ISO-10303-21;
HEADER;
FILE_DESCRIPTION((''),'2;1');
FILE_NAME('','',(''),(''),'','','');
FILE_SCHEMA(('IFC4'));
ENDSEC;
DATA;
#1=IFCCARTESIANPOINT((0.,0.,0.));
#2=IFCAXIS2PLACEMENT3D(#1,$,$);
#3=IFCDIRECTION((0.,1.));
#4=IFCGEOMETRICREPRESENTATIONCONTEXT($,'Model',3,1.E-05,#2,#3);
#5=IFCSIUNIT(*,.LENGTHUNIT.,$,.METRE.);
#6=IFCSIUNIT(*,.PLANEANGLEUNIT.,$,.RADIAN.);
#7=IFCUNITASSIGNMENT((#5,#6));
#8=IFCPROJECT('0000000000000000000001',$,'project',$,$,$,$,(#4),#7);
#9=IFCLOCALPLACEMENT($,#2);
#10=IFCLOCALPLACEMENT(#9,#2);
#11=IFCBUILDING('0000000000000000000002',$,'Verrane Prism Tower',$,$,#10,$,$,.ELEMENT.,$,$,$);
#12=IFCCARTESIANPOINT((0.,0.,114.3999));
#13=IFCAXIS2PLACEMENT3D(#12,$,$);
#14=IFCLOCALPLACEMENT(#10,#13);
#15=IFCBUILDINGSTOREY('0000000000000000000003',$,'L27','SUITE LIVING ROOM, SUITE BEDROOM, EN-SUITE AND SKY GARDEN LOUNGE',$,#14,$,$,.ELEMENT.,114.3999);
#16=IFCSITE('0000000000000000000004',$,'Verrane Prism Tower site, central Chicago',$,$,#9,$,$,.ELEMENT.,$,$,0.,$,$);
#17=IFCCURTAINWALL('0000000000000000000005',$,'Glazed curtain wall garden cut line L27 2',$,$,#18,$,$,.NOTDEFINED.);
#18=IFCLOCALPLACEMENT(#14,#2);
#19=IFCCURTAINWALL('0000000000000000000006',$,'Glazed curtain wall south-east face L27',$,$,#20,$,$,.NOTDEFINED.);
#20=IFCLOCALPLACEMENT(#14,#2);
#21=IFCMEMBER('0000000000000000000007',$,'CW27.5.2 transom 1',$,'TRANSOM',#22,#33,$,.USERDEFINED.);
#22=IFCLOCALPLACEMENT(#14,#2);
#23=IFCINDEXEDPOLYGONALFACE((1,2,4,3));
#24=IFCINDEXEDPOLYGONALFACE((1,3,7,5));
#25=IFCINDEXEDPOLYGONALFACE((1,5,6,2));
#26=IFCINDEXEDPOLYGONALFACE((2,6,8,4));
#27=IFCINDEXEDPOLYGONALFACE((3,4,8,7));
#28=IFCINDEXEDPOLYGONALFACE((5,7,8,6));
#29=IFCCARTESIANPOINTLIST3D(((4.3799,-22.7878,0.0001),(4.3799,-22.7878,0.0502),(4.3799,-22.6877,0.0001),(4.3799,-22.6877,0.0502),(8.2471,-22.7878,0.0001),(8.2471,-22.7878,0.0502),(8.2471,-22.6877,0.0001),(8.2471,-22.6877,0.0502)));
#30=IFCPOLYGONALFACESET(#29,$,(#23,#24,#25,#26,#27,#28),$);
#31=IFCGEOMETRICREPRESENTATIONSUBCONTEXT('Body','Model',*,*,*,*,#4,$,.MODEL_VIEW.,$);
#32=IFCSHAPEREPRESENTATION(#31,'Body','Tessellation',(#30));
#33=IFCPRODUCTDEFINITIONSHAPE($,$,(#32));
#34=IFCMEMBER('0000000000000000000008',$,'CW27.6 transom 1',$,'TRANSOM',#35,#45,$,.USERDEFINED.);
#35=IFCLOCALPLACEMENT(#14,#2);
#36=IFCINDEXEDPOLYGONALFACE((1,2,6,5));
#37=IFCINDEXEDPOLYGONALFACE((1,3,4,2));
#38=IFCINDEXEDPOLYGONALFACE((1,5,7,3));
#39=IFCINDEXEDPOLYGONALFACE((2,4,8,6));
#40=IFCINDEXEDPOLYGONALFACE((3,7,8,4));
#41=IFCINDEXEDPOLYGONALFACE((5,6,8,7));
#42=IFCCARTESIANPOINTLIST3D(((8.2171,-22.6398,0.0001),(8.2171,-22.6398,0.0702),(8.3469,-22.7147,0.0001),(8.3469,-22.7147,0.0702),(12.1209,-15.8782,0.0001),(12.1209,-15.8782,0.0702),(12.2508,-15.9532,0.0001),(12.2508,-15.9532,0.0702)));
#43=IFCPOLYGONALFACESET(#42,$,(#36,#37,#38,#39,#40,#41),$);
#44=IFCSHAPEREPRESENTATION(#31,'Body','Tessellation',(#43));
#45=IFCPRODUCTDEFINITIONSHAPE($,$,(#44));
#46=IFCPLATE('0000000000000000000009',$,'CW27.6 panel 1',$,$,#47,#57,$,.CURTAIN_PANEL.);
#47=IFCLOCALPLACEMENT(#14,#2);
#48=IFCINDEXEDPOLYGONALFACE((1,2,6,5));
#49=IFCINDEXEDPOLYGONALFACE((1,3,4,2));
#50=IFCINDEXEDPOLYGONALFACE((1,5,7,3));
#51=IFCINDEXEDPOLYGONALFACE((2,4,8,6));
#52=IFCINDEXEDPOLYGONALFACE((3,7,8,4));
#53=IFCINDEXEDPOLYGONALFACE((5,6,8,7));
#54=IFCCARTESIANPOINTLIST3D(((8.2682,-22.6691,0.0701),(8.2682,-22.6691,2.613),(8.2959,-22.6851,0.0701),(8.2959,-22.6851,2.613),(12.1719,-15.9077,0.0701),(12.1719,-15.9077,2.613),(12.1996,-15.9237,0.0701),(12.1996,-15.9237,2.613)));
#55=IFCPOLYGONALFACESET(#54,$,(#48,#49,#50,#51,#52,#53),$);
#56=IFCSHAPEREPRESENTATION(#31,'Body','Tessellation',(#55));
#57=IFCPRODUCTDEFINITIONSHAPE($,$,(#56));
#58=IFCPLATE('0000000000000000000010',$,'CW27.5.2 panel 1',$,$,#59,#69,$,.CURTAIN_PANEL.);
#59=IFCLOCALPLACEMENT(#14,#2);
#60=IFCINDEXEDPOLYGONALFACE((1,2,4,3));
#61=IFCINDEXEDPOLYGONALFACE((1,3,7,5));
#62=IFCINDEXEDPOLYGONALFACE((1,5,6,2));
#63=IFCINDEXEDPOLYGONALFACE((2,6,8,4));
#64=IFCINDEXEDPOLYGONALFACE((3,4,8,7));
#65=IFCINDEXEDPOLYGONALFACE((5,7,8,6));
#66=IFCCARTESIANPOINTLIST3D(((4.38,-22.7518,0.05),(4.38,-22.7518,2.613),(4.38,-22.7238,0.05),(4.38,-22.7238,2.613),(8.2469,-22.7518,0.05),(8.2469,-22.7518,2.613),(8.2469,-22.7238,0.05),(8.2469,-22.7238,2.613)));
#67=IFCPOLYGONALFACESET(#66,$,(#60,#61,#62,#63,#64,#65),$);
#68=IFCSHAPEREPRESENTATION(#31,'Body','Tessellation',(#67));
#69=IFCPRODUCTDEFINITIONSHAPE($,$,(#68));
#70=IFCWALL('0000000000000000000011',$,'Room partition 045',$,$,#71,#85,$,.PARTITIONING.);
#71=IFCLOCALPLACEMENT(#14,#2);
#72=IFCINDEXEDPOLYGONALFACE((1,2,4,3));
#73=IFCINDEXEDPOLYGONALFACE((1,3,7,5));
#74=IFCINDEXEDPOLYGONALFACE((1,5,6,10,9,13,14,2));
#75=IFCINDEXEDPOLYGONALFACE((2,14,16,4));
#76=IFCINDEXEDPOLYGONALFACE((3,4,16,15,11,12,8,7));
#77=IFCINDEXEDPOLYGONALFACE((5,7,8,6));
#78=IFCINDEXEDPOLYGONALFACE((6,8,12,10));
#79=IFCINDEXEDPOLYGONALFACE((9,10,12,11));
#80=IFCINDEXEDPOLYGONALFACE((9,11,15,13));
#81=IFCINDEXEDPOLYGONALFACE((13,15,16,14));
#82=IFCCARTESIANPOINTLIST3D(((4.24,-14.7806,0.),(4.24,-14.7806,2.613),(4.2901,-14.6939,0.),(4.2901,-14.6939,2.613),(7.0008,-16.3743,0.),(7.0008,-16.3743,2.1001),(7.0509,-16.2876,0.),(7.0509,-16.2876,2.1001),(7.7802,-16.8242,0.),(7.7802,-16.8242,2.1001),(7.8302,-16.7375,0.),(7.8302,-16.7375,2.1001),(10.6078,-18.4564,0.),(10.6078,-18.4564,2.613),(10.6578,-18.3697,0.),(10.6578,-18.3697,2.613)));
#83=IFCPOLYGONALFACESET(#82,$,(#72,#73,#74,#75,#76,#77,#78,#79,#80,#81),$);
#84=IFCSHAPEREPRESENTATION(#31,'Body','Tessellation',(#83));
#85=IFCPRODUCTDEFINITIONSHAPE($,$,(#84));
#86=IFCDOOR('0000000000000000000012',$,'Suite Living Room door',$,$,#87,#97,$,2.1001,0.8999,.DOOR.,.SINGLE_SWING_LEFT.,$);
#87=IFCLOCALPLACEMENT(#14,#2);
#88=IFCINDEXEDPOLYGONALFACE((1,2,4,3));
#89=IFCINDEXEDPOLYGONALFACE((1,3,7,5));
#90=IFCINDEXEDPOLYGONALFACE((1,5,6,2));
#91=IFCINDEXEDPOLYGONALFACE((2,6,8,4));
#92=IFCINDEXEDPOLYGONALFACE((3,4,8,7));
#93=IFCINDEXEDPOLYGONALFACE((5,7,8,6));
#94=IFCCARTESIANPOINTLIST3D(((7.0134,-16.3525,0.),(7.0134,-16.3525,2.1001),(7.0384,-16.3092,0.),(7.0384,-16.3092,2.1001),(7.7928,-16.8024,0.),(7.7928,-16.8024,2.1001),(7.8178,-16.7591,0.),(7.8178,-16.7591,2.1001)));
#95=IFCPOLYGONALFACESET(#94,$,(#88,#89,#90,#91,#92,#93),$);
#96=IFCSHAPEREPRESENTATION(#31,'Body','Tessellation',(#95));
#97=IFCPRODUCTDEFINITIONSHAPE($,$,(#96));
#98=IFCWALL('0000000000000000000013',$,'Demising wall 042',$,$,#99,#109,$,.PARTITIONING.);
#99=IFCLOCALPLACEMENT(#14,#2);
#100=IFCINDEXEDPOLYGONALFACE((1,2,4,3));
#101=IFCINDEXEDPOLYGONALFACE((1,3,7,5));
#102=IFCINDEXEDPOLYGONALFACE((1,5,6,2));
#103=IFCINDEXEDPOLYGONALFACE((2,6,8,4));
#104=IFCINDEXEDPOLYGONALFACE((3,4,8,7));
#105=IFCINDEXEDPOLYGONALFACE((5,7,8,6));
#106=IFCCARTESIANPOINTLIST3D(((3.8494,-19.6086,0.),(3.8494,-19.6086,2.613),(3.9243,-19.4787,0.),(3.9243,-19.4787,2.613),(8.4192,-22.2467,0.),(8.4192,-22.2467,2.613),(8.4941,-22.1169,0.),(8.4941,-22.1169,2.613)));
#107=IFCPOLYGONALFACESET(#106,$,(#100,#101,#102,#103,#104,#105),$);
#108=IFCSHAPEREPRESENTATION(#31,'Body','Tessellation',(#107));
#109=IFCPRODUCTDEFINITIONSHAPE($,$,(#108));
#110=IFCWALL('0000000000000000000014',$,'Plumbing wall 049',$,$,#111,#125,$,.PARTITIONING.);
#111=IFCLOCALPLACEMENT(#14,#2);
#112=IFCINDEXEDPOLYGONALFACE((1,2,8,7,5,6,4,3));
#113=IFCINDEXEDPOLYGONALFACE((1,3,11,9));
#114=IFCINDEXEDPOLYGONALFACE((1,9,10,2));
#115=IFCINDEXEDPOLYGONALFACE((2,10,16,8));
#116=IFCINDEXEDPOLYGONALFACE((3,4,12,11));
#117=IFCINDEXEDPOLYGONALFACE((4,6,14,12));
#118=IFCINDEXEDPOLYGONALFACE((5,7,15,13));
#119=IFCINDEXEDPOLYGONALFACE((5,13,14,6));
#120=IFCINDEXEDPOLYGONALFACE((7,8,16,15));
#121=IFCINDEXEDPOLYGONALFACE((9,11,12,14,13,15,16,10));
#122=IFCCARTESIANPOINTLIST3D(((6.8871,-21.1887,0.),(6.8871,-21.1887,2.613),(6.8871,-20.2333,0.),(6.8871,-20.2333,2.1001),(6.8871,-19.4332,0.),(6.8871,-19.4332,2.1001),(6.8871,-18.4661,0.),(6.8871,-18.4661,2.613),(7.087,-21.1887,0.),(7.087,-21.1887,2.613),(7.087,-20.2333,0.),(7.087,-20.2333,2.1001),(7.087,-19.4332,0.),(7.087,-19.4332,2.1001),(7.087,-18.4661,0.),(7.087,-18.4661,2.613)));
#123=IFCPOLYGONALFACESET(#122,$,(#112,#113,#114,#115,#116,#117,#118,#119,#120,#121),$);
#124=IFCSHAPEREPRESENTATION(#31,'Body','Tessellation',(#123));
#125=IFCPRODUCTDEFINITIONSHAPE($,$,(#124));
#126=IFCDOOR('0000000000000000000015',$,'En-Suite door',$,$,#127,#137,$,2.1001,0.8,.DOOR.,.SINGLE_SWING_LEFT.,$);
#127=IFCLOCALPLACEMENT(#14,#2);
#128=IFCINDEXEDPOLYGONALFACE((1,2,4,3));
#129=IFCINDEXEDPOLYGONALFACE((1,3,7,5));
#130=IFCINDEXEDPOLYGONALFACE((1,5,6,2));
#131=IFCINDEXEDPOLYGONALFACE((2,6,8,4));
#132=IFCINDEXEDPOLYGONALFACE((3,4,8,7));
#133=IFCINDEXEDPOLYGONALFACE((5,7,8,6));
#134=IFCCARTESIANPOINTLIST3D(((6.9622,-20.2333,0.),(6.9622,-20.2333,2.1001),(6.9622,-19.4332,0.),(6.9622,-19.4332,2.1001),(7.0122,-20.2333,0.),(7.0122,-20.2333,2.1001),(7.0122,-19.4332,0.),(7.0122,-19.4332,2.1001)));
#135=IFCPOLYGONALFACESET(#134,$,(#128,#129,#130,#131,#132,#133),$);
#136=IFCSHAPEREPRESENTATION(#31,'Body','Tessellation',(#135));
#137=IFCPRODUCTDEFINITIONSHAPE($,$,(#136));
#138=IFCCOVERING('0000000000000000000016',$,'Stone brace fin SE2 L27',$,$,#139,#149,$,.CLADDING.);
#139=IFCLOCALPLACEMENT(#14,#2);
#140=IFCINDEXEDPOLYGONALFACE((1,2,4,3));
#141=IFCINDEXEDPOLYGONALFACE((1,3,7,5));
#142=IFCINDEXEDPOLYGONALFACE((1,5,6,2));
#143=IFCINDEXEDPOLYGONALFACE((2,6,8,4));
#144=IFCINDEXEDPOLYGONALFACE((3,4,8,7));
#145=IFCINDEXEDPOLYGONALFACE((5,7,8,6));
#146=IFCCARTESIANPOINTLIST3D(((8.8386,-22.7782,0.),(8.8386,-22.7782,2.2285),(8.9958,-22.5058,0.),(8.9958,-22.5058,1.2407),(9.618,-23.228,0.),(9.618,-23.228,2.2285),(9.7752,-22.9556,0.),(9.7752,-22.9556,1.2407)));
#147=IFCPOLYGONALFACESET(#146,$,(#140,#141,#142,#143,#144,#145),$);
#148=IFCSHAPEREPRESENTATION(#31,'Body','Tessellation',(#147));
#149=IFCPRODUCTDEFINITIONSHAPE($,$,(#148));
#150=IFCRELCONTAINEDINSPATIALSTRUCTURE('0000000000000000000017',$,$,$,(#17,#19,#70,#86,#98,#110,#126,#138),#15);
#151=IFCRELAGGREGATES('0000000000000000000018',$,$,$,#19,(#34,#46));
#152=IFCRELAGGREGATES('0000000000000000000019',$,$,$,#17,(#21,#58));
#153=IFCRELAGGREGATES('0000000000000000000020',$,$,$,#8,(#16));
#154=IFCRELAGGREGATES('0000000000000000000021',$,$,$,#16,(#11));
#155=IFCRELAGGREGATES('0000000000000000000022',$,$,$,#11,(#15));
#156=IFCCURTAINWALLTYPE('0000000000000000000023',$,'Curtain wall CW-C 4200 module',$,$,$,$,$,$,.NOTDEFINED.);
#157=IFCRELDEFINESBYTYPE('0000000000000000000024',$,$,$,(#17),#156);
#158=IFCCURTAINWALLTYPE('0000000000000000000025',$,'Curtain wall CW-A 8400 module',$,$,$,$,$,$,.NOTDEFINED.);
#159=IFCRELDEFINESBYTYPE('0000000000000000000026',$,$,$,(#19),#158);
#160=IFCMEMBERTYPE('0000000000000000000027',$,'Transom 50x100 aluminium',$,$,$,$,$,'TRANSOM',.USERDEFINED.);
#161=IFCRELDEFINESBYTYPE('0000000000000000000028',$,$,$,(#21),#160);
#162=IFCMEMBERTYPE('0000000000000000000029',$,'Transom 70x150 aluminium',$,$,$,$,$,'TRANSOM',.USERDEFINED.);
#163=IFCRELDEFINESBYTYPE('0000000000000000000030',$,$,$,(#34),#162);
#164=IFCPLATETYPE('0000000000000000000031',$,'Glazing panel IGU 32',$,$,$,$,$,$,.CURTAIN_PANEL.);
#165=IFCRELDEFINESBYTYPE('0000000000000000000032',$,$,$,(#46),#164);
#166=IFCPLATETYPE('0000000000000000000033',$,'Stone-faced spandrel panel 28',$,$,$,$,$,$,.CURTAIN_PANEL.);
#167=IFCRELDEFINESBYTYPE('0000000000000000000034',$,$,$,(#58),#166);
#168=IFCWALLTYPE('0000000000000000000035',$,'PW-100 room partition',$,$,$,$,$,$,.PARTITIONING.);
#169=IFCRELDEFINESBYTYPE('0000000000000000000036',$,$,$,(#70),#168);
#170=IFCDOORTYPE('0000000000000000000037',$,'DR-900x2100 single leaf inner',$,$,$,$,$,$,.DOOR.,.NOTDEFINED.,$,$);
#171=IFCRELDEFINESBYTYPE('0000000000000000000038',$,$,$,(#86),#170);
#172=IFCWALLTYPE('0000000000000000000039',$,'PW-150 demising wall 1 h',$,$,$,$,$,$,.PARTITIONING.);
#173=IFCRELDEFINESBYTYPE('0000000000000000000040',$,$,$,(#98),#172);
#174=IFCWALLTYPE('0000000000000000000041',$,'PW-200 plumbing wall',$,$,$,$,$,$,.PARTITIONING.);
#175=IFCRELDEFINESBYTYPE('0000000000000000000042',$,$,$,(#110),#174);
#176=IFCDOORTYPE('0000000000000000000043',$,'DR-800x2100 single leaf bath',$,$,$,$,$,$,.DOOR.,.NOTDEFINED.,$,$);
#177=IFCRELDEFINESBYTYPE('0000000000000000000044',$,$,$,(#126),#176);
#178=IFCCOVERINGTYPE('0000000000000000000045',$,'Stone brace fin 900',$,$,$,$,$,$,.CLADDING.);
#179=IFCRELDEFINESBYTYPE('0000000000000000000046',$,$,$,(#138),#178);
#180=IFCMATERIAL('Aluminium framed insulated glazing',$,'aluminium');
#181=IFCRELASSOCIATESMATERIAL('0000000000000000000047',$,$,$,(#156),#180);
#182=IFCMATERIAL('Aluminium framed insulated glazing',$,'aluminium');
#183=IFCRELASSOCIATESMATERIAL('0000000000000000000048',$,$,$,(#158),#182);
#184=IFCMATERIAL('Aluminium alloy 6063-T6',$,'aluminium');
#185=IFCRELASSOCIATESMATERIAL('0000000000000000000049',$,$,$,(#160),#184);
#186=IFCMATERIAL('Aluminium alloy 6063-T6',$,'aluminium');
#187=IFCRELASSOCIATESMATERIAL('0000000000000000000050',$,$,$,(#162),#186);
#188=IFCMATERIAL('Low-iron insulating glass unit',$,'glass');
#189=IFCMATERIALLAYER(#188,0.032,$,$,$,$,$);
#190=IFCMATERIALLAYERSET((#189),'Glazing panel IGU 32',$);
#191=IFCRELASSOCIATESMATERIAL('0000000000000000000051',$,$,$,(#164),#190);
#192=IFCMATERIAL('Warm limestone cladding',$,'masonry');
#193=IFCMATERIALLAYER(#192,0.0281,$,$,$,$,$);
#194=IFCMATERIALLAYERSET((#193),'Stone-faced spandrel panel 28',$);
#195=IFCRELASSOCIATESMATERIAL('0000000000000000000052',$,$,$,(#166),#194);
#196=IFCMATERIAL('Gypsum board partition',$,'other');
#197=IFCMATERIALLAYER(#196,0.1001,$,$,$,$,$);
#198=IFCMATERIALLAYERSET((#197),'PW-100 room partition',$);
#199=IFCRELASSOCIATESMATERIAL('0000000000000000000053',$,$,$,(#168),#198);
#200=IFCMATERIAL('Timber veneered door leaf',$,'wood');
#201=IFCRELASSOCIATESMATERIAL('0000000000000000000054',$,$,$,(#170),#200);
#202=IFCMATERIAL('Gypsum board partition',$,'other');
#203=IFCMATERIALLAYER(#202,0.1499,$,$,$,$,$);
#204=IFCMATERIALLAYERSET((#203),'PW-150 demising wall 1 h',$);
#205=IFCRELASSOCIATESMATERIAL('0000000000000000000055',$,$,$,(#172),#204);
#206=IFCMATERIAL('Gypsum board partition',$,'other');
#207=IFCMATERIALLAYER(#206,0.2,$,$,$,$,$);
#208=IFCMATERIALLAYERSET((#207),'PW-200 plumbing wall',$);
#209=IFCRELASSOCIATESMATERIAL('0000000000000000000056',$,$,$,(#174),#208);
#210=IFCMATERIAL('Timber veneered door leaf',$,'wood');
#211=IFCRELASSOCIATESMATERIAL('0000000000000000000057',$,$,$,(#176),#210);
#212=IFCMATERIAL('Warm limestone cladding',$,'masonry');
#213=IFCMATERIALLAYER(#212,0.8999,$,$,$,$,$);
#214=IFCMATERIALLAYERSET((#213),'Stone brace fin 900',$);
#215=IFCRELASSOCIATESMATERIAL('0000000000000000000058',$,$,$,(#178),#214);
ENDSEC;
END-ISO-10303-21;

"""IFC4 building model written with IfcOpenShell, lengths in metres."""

from ifc_helpers import new_model, si_unit, direction, frame, frame_2d, origin, origin_2d, place, context, subcontext, project, spatial, polyline, rectangle, outline, extrude, material, layer, layer_set, material_profile, profile_set, type_object, element, fill, aggregate, save


model = new_model("IFC4")

# Units and contexts
model_context = context("Model", 3, precision=1e-05, world=origin(), true_north=direction((0.0, 1.0)))
body_context = subcontext(model_context, "Body", "Model", "MODEL_VIEW")
ifc_project = project(units=[si_unit("LENGTHUNIT", "METRE"), si_unit("PLANEANGLEUNIT", "RADIAN")], contexts=[model_context])

# Site, building, storey
site_placement = place(None, origin())
site = spatial("IfcSite", under=ifc_project, at=site_placement, Name="Verrane Prism Tower site, central Chicago", CompositionType="ELEMENT", RefElevation=0.0)
building_placement = place(site_placement, origin())
building = spatial("IfcBuilding", under=site, at=building_placement, Name="Verrane Prism Tower", CompositionType="ELEMENT")
storey_placement = place(building_placement, frame((0.0, 0.0, 114.3999)))
storey = spatial("IfcBuildingStorey", under=building, at=storey_placement, Name="L27", Description="SUITE LIVING ROOM, SUITE BEDROOM, EN-SUITE AND SKY GARDEN LOUNGE", CompositionType="ELEMENT", Elevation=114.3999)

# Curtain walls
ifc_material_1 = material(Name="Aluminium framed insulated glazing", Category="aluminium")
curtain_wall_type_1 = type_object("IfcCurtainWallType", Name="Curtain wall CW-C 4200 module", PredefinedType="NOTDEFINED", material=ifc_material_1)
curtain_wall_1_placement = place(storey_placement, origin())
curtain_wall_1 = element("IfcCurtainWall", 1, at=curtain_wall_1_placement, inside=storey, type_object=curtain_wall_type_1, Name="Glazed curtain wall garden cut line L27 2", PredefinedType="NOTDEFINED")
ifc_material_2 = material(Name="Aluminium framed insulated glazing", Category="aluminium")
curtain_wall_type_2 = type_object("IfcCurtainWallType", Name="Curtain wall CW-A 8400 module", PredefinedType="NOTDEFINED", material=ifc_material_2)
curtain_wall_2_placement = place(storey_placement, origin())
curtain_wall_2 = element("IfcCurtainWall", 2, at=curtain_wall_2_placement, inside=storey, type_object=curtain_wall_type_2, Name="Glazed curtain wall south-east face L27", PredefinedType="NOTDEFINED")

# Members
ifc_material_3 = material(Name="Aluminium alloy 6063-T6", Category="aluminium")
ifc_material_profile_1 = material_profile(ifc_material_3, rectangle(XDim=0.1001, YDim=0.05, at=origin_2d()), Name="Transom 50x100 aluminium")
ifc_profile_set_1 = profile_set([ifc_material_profile_1], Name="Aluminium alloy 6063-T6")
member_type_1 = type_object("IfcMemberType", Name="Transom 50x100 aluminium", ElementType="TRANSOM", PredefinedType="USERDEFINED", material=ifc_profile_set_1)
member_1_placement = place(storey_placement, frame((4.3799, -22.7378, 0.0251), z_axis=(1.0, 0.0, 0.0), x_axis=(0.0, 1.0, 0.0)))
member_1 = element("IfcMember", 3, at=member_1_placement, type_object=member_type_1, Name="CW27.5.2 transom 1", ObjectType="TRANSOM", PredefinedType="USERDEFINED", context=body_context, shape_type="SweptSolid", body=[
    extrude(rectangle(XDim=0.1001, YDim=0.05, at=origin_2d()), origin(), (0.0, 0.0, 1.0), 3.8672),
])
ifc_material_4 = material(Name="Aluminium alloy 6063-T6", Category="aluminium")
ifc_material_profile_2 = material_profile(ifc_material_4, rectangle(XDim=0.1499, YDim=0.0701, at=origin_2d()), Name="Transom 70x150 aluminium")
ifc_profile_set_2 = profile_set([ifc_material_profile_2], Name="Aluminium alloy 6063-T6")
member_type_2 = type_object("IfcMemberType", Name="Transom 70x150 aluminium", ElementType="TRANSOM", PredefinedType="USERDEFINED", material=ifc_profile_set_2)
member_2_placement = place(storey_placement, frame((8.282, -22.6772, 0.0352), z_axis=(0.500007, 0.866022, 0.0), x_axis=(-0.866022, 0.500007, 0.0)))
member_2 = element("IfcMember", 4, at=member_2_placement, type_object=member_type_2, Name="CW27.6 transom 1", ObjectType="TRANSOM", PredefinedType="USERDEFINED", context=body_context, shape_type="SweptSolid", body=[
    extrude(rectangle(XDim=0.1499, YDim=0.0701, at=origin_2d()), origin(), (0.0, 0.0, 1.0), 7.8076),
])

# Plates
ifc_material_5 = material(Name="Low-iron insulating glass unit", Category="glass")
ifc_layer_1 = layer(ifc_material_5, 0.032)
ifc_layer_set_1 = layer_set([ifc_layer_1], Name="Glazing panel IGU 32")
plate_type_1 = type_object("IfcPlateType", Name="Glazing panel IGU 32", PredefinedType="CURTAIN_PANEL", material=ifc_layer_set_1)
plate_1_placement = place(storey_placement, frame((10.2339, -19.2964, 0.0701), z_axis=(0.0, 0.0, 1.0), x_axis=(0.499999, 0.866026, 0.0)))
plate_1 = element("IfcPlate", 5, at=plate_1_placement, type_object=plate_type_1, Name="CW27.6 panel 1", PredefinedType="CURTAIN_PANEL", context=body_context, shape_type="SweptSolid", body=[
    extrude(rectangle(XDim=7.8074, YDim=0.032, at=origin_2d()), origin(), (0.0, 0.0, 1.0), 2.543),
])
aggregate(curtain_wall_2, [member_2, plate_1])
ifc_material_6 = material(Name="Warm limestone cladding", Category="masonry")
ifc_layer_2 = layer(ifc_material_6, 0.0281)
ifc_layer_set_2 = layer_set([ifc_layer_2], Name="Stone-faced spandrel panel 28")
plate_type_2 = type_object("IfcPlateType", Name="Stone-faced spandrel panel 28", PredefinedType="CURTAIN_PANEL", material=ifc_layer_set_2)
plate_2_placement = place(storey_placement, frame((6.3135, -22.7378, 0.05), z_axis=(0.0, 0.0, 1.0), x_axis=(1.0, 0.0, 0.0)))
plate_2 = element("IfcPlate", 6, at=plate_2_placement, type_object=plate_type_2, Name="CW27.5.2 panel 1", PredefinedType="CURTAIN_PANEL", context=body_context, shape_type="SweptSolid", body=[
    extrude(rectangle(XDim=3.8669, YDim=0.0281, at=origin_2d()), origin(), (0.0, 0.0, 1.0), 2.563),
])
aggregate(curtain_wall_1, [member_1, plate_2])

# Wall, opening, door
ifc_material_7 = material(Name="Gypsum board partition", Category="other")
ifc_layer_3 = layer(ifc_material_7, 0.1001)
ifc_layer_set_3 = layer_set([ifc_layer_3], Name="PW-100 room partition")
wall_type_1 = type_object("IfcWallType", Name="PW-100 room partition", PredefinedType="PARTITIONING", material=ifc_layer_set_3)
wall_1_placement = place(storey_placement, frame((10.6328, -18.4131, 0.0), z_axis=(0.0, 0.0, 1.0), x_axis=(-0.866061, 0.499939, 0.0)))
wall_1 = element("IfcWall", 7, at=wall_1_placement, inside=storey, type_object=wall_type_1, Name="Room partition 045", PredefinedType="PARTITIONING", context=body_context, shape_type="SweptSolid", body=[
    extrude(rectangle(XDim=7.3525, YDim=0.1001, at=frame_2d((3.6763, 0.0))), origin(), (0.0, 0.0, 1.0), 2.613),
])
opening_1_placement = place(wall_1_placement, frame((3.2649, 0.0, 0.0)))
opening_1 = element("IfcOpeningElement", 8, at=opening_1_placement, cuts=wall_1, PredefinedType="OPENING", context=body_context, shape_type="SweptSolid", body=[
    extrude(rectangle(XDim=0.8999, YDim=2.1001, at=frame_2d((0.45, 1.05))), frame((0.0, 0.0601, 0.0), z_axis=(0.0, -1.0, 0.0), x_axis=(1.0, 0.0, 0.0)), (0.0, 0.0, 1.0), 0.1201),
])
ifc_material_8 = material(Name="Timber veneered door leaf", Category="wood")
door_type_1 = type_object("IfcDoorType", Name="DR-900x2100 single leaf inner", OperationType="NOTDEFINED", PredefinedType="DOOR", material=ifc_material_8)
door_1_placement = place(opening_1_placement, origin())
door_1 = element("IfcDoor", 9, at=door_1_placement, inside=storey, type_object=door_type_1, Name="Suite Living Room door", OperationType="SINGLE_SWING_LEFT", OverallHeight=2.1001, OverallWidth=0.8999, PredefinedType="DOOR", context=body_context, shape_type="SweptSolid", body=[
    extrude(rectangle(XDim=0.8999, YDim=2.1001, at=frame_2d((0.45, 1.05))), frame((0.0, 0.0249, 0.0), z_axis=(0.0, -1.0, 0.0), x_axis=(1.0, 0.0, 0.0)), (0.0, 0.0, 1.0), 0.05),
])
fill(opening_1, door_1)

# Wall
ifc_material_9 = material(Name="Gypsum board partition", Category="other")
ifc_layer_4 = layer(ifc_material_9, 0.1499)
ifc_layer_set_4 = layer_set([ifc_layer_4], Name="PW-150 demising wall 1 h")
wall_type_2 = type_object("IfcWallType", Name="PW-150 demising wall 1 h", PredefinedType="PARTITIONING", material=ifc_layer_set_4)
wall_2_placement = place(storey_placement, frame((3.887, -19.5437, 0.0), z_axis=(0.0, 0.0, 1.0), x_axis=(0.866042, -0.499971, 0.0)))
element("IfcWall", 10, at=wall_2_placement, inside=storey, type_object=wall_type_2, Name="Demising wall 042", PredefinedType="PARTITIONING", context=body_context, shape_type="SweptSolid", body=[
    extrude(rectangle(XDim=5.2766, YDim=0.1499, at=frame_2d((2.6382, 0.0))), origin(), (0.0, 0.0, 1.0), 2.613),
])

# Wall, opening, door
ifc_material_10 = material(Name="Gypsum board partition", Category="other")
ifc_layer_5 = layer(ifc_material_10, 0.2)
ifc_layer_set_5 = layer_set([ifc_layer_5], Name="PW-200 plumbing wall")
wall_type_3 = type_object("IfcWallType", Name="PW-200 plumbing wall", PredefinedType="PARTITIONING", material=ifc_layer_set_5)
wall_3_placement = place(storey_placement, frame((6.9871, -21.1887, 0.0), z_axis=(0.0, 0.0, 1.0), x_axis=(0.0, 1.0, 0.0)))
wall_3 = element("IfcWall", 11, at=wall_3_placement, inside=storey, type_object=wall_type_3, Name="Plumbing wall 049", PredefinedType="PARTITIONING", context=body_context, shape_type="SweptSolid", body=[
    extrude(rectangle(XDim=2.7227, YDim=0.2, at=frame_2d((1.3613, 0.0))), origin(), (0.0, 0.0, 1.0), 2.613),
])
opening_2_placement = place(wall_3_placement, frame((0.9556, 0.0, 0.0)))
opening_2 = element("IfcOpeningElement", 12, at=opening_2_placement, cuts=wall_3, PredefinedType="OPENING", context=body_context, shape_type="SweptSolid", body=[
    extrude(rectangle(XDim=0.8, YDim=2.1001, at=frame_2d((0.3999, 1.05))), frame((0.0, 0.1099, 0.0), z_axis=(0.0, -1.0, 0.0), x_axis=(1.0, 0.0, 0.0)), (0.0, 0.0, 1.0), 0.22),
])
ifc_material_11 = material(Name="Timber veneered door leaf", Category="wood")
door_type_2 = type_object("IfcDoorType", Name="DR-800x2100 single leaf bath", OperationType="NOTDEFINED", PredefinedType="DOOR", material=ifc_material_11)
door_2_placement = place(opening_2_placement, origin())
door_2 = element("IfcDoor", 13, at=door_2_placement, inside=storey, type_object=door_type_2, Name="En-Suite door", OperationType="SINGLE_SWING_LEFT", OverallHeight=2.1001, OverallWidth=0.8, PredefinedType="DOOR", context=body_context, shape_type="SweptSolid", body=[
    extrude(rectangle(XDim=0.8, YDim=2.1001, at=frame_2d((0.3999, 1.05))), frame((0.0, 0.0249, 0.0), z_axis=(0.0, -1.0, 0.0), x_axis=(1.0, 0.0, 0.0)), (0.0, 0.0, 1.0), 0.05),
])
fill(opening_2, door_2)

# Covering
ifc_material_12 = material(Name="Warm limestone cladding", Category="masonry")
ifc_layer_6 = layer(ifc_material_12, 0.8999)
ifc_layer_set_6 = layer_set([ifc_layer_6], Name="Stone brace fin 900")
covering_type = type_object("IfcCoveringType", Name="Stone brace fin 900", PredefinedType="CLADDING", material=ifc_layer_set_6)
covering_placement = place(storey_placement, frame((9.3855, -22.7307, 0.0), z_axis=(0.0, 0.0, 1.0), x_axis=(-0.499812, -0.866134, 0.0)))
element("IfcCovering", 14, at=covering_placement, inside=storey, type_object=covering_type, Name="Stone brace fin SE2 L27", PredefinedType="CLADDING", context=body_context, shape_type="SweptSolid", body=[
    extrude(outline(polyline([(0.0, 0.0), (0.3145, 0.0), (0.3145, 2.2285), (0.0, 1.2407), (0.0, 0.0)])), frame((0.0, 0.45, 0.0), z_axis=(0.0, -1.0, 0.0), x_axis=(1.0, 0.0, 0.0)), (0.0, 0.0, 1.0), 0.8999),
])

save(model, "model.ifc")
